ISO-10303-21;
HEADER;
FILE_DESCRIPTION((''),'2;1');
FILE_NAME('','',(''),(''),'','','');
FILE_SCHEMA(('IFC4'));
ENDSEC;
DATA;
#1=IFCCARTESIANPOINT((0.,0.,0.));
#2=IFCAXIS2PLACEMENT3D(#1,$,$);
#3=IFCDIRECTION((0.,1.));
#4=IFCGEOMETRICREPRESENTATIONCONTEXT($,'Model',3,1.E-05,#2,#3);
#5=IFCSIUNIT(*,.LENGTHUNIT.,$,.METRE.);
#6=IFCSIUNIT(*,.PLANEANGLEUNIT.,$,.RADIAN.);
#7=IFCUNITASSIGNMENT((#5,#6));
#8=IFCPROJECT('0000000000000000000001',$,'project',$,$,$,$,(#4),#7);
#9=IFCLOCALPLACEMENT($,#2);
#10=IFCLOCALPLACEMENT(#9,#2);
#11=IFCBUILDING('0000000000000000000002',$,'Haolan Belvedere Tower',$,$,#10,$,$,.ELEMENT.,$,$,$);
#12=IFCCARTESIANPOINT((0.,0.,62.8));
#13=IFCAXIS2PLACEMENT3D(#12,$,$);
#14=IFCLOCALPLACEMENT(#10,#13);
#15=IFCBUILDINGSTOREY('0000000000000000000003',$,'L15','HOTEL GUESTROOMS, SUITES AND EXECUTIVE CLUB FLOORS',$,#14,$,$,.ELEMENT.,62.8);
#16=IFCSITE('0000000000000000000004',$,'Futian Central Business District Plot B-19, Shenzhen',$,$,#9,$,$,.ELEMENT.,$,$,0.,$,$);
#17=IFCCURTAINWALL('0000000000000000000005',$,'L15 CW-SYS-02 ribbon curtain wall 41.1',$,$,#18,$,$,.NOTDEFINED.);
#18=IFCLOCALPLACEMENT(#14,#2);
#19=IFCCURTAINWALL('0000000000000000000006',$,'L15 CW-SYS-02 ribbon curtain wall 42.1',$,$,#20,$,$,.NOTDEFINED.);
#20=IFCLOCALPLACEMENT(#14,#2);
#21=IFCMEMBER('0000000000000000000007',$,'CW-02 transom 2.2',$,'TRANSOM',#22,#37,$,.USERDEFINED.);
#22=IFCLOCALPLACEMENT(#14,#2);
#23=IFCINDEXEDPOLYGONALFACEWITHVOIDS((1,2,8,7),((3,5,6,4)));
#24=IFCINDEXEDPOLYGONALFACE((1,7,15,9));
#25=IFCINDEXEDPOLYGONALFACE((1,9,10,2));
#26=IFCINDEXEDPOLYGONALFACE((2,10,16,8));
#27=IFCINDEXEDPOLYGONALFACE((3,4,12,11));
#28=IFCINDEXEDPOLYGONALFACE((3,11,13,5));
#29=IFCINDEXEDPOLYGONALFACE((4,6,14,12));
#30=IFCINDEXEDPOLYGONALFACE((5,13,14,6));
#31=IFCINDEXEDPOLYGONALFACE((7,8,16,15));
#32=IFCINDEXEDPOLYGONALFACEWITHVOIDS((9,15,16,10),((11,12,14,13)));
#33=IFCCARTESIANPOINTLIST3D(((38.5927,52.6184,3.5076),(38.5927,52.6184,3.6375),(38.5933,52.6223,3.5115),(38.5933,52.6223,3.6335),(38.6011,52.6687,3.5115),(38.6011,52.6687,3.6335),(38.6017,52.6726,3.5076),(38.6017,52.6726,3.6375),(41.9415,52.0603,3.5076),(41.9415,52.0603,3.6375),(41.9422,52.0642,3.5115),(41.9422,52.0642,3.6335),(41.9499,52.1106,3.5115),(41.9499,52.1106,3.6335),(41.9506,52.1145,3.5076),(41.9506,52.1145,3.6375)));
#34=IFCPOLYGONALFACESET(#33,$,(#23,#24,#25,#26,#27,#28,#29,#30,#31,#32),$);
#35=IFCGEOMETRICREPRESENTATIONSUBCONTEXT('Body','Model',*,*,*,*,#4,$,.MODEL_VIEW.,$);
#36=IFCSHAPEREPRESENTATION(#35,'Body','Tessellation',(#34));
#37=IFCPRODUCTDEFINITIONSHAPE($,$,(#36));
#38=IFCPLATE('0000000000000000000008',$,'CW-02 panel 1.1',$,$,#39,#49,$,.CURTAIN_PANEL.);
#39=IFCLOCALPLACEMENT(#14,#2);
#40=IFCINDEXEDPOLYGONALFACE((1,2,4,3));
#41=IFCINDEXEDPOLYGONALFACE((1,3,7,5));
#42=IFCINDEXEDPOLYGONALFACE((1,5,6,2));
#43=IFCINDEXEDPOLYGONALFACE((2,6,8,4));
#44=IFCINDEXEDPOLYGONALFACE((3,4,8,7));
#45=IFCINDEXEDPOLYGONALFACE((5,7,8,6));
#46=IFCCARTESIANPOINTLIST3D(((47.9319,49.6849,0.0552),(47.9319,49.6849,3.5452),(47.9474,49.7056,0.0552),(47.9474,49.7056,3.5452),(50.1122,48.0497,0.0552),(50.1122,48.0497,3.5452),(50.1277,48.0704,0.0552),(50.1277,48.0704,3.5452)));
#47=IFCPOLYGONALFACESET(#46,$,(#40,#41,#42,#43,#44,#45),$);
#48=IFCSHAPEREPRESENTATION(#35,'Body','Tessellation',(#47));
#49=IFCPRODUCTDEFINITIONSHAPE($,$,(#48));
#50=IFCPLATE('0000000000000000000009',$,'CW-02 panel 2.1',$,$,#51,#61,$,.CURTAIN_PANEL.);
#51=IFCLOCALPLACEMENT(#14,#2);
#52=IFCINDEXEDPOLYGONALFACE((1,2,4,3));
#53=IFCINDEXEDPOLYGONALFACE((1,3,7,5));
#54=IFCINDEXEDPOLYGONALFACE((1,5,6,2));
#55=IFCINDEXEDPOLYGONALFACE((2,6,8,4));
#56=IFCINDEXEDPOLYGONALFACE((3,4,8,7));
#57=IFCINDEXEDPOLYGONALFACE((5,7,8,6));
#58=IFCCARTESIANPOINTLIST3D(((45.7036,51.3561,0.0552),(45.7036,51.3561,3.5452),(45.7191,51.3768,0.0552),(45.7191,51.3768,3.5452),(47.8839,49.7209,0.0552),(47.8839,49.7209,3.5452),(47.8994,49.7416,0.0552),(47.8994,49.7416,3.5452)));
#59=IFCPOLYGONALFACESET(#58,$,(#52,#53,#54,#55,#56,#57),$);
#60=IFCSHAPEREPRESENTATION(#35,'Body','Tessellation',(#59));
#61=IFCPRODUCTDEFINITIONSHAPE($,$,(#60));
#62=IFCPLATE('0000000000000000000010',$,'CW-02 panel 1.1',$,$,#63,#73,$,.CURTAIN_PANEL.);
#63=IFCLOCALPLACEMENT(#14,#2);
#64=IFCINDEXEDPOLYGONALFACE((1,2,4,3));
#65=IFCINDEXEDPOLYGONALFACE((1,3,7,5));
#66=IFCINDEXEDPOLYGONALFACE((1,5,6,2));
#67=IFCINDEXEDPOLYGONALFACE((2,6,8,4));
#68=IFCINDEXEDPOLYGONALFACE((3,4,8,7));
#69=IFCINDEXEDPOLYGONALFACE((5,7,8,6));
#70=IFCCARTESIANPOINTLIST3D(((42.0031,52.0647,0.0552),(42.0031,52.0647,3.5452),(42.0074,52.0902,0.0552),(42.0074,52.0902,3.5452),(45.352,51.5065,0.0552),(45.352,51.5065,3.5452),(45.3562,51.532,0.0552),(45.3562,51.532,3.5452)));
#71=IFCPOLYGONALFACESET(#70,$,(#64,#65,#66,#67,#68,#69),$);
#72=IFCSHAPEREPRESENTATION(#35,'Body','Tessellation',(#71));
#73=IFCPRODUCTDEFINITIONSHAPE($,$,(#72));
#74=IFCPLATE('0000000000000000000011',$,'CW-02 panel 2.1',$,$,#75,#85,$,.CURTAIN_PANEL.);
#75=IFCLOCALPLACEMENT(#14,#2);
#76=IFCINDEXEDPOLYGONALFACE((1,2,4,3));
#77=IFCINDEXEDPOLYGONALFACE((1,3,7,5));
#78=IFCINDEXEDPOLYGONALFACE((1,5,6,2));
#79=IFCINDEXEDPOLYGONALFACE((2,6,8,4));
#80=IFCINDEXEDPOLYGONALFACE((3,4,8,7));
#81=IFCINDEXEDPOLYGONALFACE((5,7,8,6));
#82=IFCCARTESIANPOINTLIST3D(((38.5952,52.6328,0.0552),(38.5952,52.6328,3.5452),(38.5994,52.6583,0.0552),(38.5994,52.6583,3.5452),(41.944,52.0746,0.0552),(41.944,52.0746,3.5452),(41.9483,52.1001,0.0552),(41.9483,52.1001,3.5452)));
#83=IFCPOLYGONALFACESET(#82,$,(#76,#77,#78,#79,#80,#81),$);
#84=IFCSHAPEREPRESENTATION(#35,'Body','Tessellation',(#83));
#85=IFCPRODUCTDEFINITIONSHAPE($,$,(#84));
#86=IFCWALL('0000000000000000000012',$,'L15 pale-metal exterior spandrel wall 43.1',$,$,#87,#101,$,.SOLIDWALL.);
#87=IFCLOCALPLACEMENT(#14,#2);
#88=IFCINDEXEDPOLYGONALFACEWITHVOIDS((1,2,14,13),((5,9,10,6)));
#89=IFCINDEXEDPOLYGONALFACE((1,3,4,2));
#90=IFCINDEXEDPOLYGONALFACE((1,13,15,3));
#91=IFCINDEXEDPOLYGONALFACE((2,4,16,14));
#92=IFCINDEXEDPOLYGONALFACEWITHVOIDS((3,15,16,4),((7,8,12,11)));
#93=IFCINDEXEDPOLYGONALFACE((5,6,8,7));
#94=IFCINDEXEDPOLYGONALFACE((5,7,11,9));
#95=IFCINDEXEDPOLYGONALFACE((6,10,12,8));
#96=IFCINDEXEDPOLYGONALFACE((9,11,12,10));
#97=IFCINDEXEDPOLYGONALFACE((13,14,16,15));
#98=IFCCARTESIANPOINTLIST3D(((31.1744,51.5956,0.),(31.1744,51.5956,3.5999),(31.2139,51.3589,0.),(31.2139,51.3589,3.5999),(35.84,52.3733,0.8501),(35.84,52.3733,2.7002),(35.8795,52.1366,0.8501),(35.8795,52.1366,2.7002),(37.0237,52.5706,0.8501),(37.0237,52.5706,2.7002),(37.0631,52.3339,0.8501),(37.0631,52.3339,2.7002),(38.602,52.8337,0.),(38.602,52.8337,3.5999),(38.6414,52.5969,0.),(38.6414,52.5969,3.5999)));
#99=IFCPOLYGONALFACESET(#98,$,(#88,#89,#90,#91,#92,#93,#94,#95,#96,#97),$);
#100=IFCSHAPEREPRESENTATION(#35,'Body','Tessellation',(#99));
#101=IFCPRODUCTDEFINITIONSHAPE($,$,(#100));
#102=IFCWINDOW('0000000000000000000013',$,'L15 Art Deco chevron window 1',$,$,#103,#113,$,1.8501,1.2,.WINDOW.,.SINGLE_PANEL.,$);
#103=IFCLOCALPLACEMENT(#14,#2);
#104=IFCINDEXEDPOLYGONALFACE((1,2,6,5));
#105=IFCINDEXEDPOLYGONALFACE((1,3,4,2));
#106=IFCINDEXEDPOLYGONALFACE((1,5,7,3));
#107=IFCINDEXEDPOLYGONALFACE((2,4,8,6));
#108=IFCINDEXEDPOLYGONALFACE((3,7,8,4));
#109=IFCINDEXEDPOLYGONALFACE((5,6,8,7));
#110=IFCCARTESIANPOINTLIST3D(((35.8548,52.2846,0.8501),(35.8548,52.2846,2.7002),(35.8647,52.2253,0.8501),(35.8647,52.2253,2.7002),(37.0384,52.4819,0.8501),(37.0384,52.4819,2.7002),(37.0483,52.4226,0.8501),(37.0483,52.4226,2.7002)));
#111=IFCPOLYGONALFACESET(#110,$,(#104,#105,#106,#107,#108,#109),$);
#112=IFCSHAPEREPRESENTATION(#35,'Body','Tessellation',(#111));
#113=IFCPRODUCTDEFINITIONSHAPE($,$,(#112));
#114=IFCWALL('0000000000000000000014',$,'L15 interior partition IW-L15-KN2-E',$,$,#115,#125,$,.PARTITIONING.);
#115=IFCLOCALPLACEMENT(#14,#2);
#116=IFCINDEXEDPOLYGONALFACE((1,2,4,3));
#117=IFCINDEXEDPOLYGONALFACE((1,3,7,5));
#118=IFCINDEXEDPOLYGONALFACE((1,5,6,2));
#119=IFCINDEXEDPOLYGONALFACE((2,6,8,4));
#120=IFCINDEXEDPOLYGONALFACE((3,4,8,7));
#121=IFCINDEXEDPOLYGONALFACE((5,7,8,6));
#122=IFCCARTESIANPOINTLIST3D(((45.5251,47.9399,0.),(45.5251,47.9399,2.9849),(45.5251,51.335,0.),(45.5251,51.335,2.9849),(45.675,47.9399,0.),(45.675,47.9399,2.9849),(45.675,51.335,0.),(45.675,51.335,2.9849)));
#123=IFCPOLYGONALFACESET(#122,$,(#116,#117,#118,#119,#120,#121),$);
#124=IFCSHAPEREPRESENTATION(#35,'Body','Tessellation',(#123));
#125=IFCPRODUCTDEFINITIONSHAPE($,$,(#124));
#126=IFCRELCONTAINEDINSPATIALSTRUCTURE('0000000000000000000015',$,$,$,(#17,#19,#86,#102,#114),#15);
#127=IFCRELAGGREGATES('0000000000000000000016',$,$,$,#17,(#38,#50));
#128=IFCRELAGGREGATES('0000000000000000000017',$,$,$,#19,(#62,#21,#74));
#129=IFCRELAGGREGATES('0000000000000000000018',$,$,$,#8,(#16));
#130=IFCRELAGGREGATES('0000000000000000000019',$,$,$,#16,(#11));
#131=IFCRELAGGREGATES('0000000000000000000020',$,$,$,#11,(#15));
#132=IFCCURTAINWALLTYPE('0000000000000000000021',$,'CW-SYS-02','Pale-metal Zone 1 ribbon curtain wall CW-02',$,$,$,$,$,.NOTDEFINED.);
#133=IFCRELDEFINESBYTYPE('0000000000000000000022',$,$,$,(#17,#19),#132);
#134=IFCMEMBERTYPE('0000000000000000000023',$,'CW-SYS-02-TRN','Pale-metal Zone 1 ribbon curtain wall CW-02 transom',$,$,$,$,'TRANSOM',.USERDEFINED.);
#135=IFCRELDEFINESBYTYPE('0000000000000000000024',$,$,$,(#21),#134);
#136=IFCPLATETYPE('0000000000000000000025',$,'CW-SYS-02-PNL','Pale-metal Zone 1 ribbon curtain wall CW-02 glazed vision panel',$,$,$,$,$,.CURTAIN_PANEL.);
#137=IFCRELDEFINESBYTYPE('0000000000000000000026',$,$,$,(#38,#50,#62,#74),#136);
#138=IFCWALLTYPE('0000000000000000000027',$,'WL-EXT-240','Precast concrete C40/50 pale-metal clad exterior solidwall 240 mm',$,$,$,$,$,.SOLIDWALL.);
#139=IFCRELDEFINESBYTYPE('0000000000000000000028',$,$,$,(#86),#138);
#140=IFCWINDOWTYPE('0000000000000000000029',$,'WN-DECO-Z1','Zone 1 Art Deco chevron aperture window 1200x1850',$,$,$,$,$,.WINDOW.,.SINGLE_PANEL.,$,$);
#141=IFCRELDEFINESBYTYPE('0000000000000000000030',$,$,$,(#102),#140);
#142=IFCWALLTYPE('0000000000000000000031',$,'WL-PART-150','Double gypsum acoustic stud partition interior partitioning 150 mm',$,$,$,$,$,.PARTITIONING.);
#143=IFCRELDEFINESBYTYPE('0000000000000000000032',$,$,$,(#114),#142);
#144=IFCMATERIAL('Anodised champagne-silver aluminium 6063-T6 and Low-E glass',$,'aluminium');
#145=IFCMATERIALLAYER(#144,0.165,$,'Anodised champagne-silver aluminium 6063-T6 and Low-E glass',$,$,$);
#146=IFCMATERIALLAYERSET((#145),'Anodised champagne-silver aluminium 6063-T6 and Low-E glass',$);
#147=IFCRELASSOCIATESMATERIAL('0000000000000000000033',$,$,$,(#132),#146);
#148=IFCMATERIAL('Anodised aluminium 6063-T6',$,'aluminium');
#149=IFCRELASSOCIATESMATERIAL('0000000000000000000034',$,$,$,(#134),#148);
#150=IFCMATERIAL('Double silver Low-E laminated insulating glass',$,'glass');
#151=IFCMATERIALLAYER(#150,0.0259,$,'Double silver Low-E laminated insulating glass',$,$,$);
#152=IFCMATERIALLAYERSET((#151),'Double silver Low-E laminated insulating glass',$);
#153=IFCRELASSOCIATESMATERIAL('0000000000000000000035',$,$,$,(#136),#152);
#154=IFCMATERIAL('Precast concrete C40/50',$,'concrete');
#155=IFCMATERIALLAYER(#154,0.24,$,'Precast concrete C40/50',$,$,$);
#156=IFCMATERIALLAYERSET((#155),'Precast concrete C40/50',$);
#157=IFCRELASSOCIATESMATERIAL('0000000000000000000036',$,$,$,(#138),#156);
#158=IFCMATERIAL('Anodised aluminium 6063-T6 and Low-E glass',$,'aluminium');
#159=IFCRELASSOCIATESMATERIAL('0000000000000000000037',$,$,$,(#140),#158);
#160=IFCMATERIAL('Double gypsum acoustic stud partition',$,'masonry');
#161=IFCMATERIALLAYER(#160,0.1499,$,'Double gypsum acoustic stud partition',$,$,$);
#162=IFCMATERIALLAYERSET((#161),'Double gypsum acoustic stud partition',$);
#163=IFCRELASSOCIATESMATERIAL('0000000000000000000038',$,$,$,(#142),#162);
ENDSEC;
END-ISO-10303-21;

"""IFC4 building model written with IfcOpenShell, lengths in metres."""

from ifc_helpers import new_model, si_unit, direction, frame, frame_2d, origin, origin_2d, place, context, subcontext, project, spatial, rectangle, hollow_rectangle, extrude, material, layer, layer_set, material_profile, profile_set, type_object, element, fill, aggregate, save


model = new_model("IFC4")

# Units and contexts
model_context = context("Model", 3, precision=1e-05, world=origin(), true_north=direction((0.0, 1.0)))
body_context = subcontext(model_context, "Body", "Model", "MODEL_VIEW")
ifc_project = project(units=[si_unit("LENGTHUNIT", "METRE"), si_unit("PLANEANGLEUNIT", "RADIAN")], contexts=[model_context])

# Site, building, storey
site_placement = place(None, origin())
site = spatial("IfcSite", under=ifc_project, at=site_placement, Name="Futian Central Business District Plot B-19, Shenzhen", CompositionType="ELEMENT", RefElevation=0.0)
building_placement = place(site_placement, origin())
building = spatial("IfcBuilding", under=site, at=building_placement, Name="Haolan Belvedere Tower", CompositionType="ELEMENT")
storey_placement = place(building_placement, frame((0.0, 0.0, 62.8)))
storey = spatial("IfcBuildingStorey", under=building, at=storey_placement, Name="L15", Description="HOTEL GUESTROOMS, SUITES AND EXECUTIVE CLUB FLOORS", CompositionType="ELEMENT", Elevation=62.8)

# Curtain walls
ifc_material_1 = material(Name="Anodised champagne-silver aluminium 6063-T6 and Low-E glass", Category="aluminium")
ifc_layer_1 = layer(ifc_material_1, 0.165, Name="Anodised champagne-silver aluminium 6063-T6 and Low-E glass")
ifc_layer_set_1 = layer_set([ifc_layer_1], Name="Anodised champagne-silver aluminium 6063-T6 and Low-E glass")
curtain_wall_type = type_object("IfcCurtainWallType", Name="CW-SYS-02", Description="Pale-metal Zone 1 ribbon curtain wall CW-02", PredefinedType="NOTDEFINED", material=ifc_layer_set_1)
curtain_wall_1_placement = place(storey_placement, origin())
curtain_wall_1 = element("IfcCurtainWall", 1, at=curtain_wall_1_placement, inside=storey, type_object=curtain_wall_type, Name="L15 CW-SYS-02 ribbon curtain wall 41.1", PredefinedType="NOTDEFINED")
ifc_material_2 = material(Name="Anodised aluminium 6063-T6", Category="aluminium")
curtain_wall_2_placement = place(storey_placement, origin())
curtain_wall_2 = element("IfcCurtainWall", 2, at=curtain_wall_2_placement, inside=storey, type_object=curtain_wall_type, Name="L15 CW-SYS-02 ribbon curtain wall 42.1", PredefinedType="NOTDEFINED")

# Member
ifc_material_profile_1 = material_profile(ifc_material_2, hollow_rectangle(XDim=0.0549, YDim=0.1299, WallThickness=0.0039, at=origin_2d()), Name="Anodised aluminium 6063-T6")
ifc_profile_set_1 = profile_set([ifc_material_profile_1], Name="Anodised aluminium 6063-T6")
member_type_1 = type_object("IfcMemberType", Name="CW-SYS-02-TRN", Description="Pale-metal Zone 1 ribbon curtain wall CW-02 transom", ElementType="TRANSOM", PredefinedType="USERDEFINED", material=ifc_profile_set_1)
member_1_placement = place(storey_placement, frame((41.946, 52.0874, 3.5725), z_axis=(-0.986396, 0.164387, 0.0), x_axis=(-0.164387, -0.986396, 0.0)))
member_1 = element("IfcMember", 3, at=member_1_placement, type_object=member_type_1, Name="CW-02 transom 2.2", ObjectType="TRANSOM", PredefinedType="USERDEFINED", context=body_context, shape_type="SweptSolid", body=[
    extrude(hollow_rectangle(XDim=0.0549, YDim=0.1299, WallThickness=0.0039, at=origin_2d()), origin(), (0.0, 0.0, 1.0), 3.395),
])

# Plates
ifc_material_3 = material(Name="Double silver Low-E laminated insulating glass", Category="glass")
ifc_layer_2 = layer(ifc_material_3, 0.0259, Name="Double silver Low-E laminated insulating glass")
ifc_layer_set_2 = layer_set([ifc_layer_2], Name="Double silver Low-E laminated insulating glass")
plate_type = type_object("IfcPlateType", Name="CW-SYS-02-PNL", Description="Pale-metal Zone 1 ribbon curtain wall CW-02 glazed vision panel", PredefinedType="CURTAIN_PANEL", material=ifc_layer_set_2)
plate_1_placement = place(storey_placement, frame((49.0298, 48.8777, 0.0552), z_axis=(0.0, 0.0, 1.0), x_axis=(-0.800004, 0.599994, 0.0)))
plate_1 = element("IfcPlate", 4, at=plate_1_placement, type_object=plate_type, Name="CW-02 panel 1.1", PredefinedType="CURTAIN_PANEL", context=body_context, shape_type="SweptSolid", body=[
    extrude(rectangle(XDim=2.7253, YDim=0.0259, at=origin_2d()), origin(), (0.0, 0.0, 1.0), 3.49),
])
plate_2_placement = place(storey_placement, frame((46.8015, 50.5488, 0.0552), z_axis=(0.0, 0.0, 1.0), x_axis=(-0.800004, 0.599994, 0.0)))
plate_2 = element("IfcPlate", 5, at=plate_2_placement, type_object=plate_type, Name="CW-02 panel 2.1", PredefinedType="CURTAIN_PANEL", context=body_context, shape_type="SweptSolid", body=[
    extrude(rectangle(XDim=2.7253, YDim=0.0259, at=origin_2d()), origin(), (0.0, 0.0, 1.0), 3.49),
])
aggregate(curtain_wall_1, [plate_1, plate_2])
plate_3_placement = place(storey_placement, frame((43.6797, 51.7983, 0.0552), z_axis=(0.0, 0.0, 1.0), x_axis=(-0.986393, 0.164404, 0.0)))
plate_3 = element("IfcPlate", 6, at=plate_3_placement, type_object=plate_type, Name="CW-02 panel 1.1", PredefinedType="CURTAIN_PANEL", context=body_context, shape_type="SweptSolid", body=[
    extrude(rectangle(XDim=3.395, YDim=0.0259, at=origin_2d()), origin(), (0.0, 0.0, 1.0), 3.49),
])
plate_4_placement = place(storey_placement, frame((40.2717, 52.3665, 0.0552), z_axis=(0.0, 0.0, 1.0), x_axis=(-0.986393, 0.164404, 0.0)))
plate_4 = element("IfcPlate", 7, at=plate_4_placement, type_object=plate_type, Name="CW-02 panel 2.1", PredefinedType="CURTAIN_PANEL", context=body_context, shape_type="SweptSolid", body=[
    extrude(rectangle(XDim=3.395, YDim=0.0259, at=origin_2d()), origin(), (0.0, 0.0, 1.0), 3.49),
])
aggregate(curtain_wall_2, [plate_3, member_1, plate_4])

# Wall, opening, window
ifc_material_4 = material(Name="Precast concrete C40/50", Category="concrete")
ifc_layer_3 = layer(ifc_material_4, 0.24, Name="Precast concrete C40/50")
ifc_layer_set_3 = layer_set([ifc_layer_3], Name="Precast concrete C40/50")
wall_type_1 = type_object("IfcWallType", Name="WL-EXT-240", Description="Precast concrete C40/50 pale-metal clad exterior solidwall 240 mm", PredefinedType="SOLIDWALL", material=ifc_layer_set_3)
wall_1_placement = place(storey_placement, frame((38.6218, 52.7153, 0.0), z_axis=(0.0, 0.0, 1.0), x_axis=(-0.986391, -0.164415, 0.0)))
wall_1 = element("IfcWall", 8, at=wall_1_placement, inside=storey, type_object=wall_type_1, Name="L15 pale-metal exterior spandrel wall 43.1", PredefinedType="SOLIDWALL", context=body_context, shape_type="SweptSolid", body=[
    extrude(rectangle(XDim=7.53, YDim=0.24, at=frame_2d((3.7651, 0.0))), origin(), (0.0, 0.0, 1.0), 3.5999),
])
opening_1_placement = place(wall_1_placement, frame((1.6001, 0.0, 0.8501)))
opening_1 = element("IfcOpeningElement", 9, at=opening_1_placement, cuts=wall_1, PredefinedType="OPENING", context=body_context, shape_type="SweptSolid", body=[
    extrude(rectangle(XDim=1.2, YDim=1.8501, at=frame_2d((0.6001, 0.925))), frame((0.0, 0.1299, 0.0), z_axis=(0.0, -1.0, 0.0), x_axis=(1.0, 0.0, 0.0)), (0.0, 0.0, 1.0), 0.26),
])
ifc_material_5 = material(Name="Anodised aluminium 6063-T6 and Low-E glass", Category="aluminium")
window_type = type_object("IfcWindowType", Name="WN-DECO-Z1", Description="Zone 1 Art Deco chevron aperture window 1200x1850", PartitioningType="SINGLE_PANEL", PredefinedType="WINDOW", material=ifc_material_5)
window_placement = place(opening_1_placement, origin())
window = element("IfcWindow", 10, at=window_placement, inside=storey, type_object=window_type, Name="L15 Art Deco chevron window 1", OverallHeight=1.8501, OverallWidth=1.2, PartitioningType="SINGLE_PANEL", PredefinedType="WINDOW", context=body_context, shape_type="SweptSolid", body=[
    extrude(rectangle(XDim=1.2, YDim=1.8501, at=frame_2d((0.6001, 0.925))), frame((0.0, 0.03, 0.0), z_axis=(0.0, -1.0, 0.0), x_axis=(1.0, 0.0, 0.0)), (0.0, 0.0, 1.0), 0.0601),
])
fill(opening_1, window)

# Wall
ifc_material_6 = material(Name="Double gypsum acoustic stud partition", Category="masonry")
ifc_layer_4 = layer(ifc_material_6, 0.1499, Name="Double gypsum acoustic stud partition")
ifc_layer_set_4 = layer_set([ifc_layer_4], Name="Double gypsum acoustic stud partition")
wall_type_2 = type_object("IfcWallType", Name="WL-PART-150", Description="Double gypsum acoustic stud partition interior partitioning 150 mm", PredefinedType="PARTITIONING", material=ifc_layer_set_4)
wall_2_placement = place(storey_placement, frame((45.6001, 47.9399, 0.0), z_axis=(0.0, 0.0, 1.0), x_axis=(0.0, 1.0, 0.0)))
element("IfcWall", 11, at=wall_2_placement, inside=storey, type_object=wall_type_2, Name="L15 interior partition IW-L15-KN2-E", PredefinedType="PARTITIONING", context=body_context, shape_type="SweptSolid", body=[
    extrude(rectangle(XDim=3.395, YDim=0.1499, at=frame_2d((1.6975, 0.0))), origin(), (0.0, 0.0, 1.0), 2.9849),
])

save(model, "model.ifc")
